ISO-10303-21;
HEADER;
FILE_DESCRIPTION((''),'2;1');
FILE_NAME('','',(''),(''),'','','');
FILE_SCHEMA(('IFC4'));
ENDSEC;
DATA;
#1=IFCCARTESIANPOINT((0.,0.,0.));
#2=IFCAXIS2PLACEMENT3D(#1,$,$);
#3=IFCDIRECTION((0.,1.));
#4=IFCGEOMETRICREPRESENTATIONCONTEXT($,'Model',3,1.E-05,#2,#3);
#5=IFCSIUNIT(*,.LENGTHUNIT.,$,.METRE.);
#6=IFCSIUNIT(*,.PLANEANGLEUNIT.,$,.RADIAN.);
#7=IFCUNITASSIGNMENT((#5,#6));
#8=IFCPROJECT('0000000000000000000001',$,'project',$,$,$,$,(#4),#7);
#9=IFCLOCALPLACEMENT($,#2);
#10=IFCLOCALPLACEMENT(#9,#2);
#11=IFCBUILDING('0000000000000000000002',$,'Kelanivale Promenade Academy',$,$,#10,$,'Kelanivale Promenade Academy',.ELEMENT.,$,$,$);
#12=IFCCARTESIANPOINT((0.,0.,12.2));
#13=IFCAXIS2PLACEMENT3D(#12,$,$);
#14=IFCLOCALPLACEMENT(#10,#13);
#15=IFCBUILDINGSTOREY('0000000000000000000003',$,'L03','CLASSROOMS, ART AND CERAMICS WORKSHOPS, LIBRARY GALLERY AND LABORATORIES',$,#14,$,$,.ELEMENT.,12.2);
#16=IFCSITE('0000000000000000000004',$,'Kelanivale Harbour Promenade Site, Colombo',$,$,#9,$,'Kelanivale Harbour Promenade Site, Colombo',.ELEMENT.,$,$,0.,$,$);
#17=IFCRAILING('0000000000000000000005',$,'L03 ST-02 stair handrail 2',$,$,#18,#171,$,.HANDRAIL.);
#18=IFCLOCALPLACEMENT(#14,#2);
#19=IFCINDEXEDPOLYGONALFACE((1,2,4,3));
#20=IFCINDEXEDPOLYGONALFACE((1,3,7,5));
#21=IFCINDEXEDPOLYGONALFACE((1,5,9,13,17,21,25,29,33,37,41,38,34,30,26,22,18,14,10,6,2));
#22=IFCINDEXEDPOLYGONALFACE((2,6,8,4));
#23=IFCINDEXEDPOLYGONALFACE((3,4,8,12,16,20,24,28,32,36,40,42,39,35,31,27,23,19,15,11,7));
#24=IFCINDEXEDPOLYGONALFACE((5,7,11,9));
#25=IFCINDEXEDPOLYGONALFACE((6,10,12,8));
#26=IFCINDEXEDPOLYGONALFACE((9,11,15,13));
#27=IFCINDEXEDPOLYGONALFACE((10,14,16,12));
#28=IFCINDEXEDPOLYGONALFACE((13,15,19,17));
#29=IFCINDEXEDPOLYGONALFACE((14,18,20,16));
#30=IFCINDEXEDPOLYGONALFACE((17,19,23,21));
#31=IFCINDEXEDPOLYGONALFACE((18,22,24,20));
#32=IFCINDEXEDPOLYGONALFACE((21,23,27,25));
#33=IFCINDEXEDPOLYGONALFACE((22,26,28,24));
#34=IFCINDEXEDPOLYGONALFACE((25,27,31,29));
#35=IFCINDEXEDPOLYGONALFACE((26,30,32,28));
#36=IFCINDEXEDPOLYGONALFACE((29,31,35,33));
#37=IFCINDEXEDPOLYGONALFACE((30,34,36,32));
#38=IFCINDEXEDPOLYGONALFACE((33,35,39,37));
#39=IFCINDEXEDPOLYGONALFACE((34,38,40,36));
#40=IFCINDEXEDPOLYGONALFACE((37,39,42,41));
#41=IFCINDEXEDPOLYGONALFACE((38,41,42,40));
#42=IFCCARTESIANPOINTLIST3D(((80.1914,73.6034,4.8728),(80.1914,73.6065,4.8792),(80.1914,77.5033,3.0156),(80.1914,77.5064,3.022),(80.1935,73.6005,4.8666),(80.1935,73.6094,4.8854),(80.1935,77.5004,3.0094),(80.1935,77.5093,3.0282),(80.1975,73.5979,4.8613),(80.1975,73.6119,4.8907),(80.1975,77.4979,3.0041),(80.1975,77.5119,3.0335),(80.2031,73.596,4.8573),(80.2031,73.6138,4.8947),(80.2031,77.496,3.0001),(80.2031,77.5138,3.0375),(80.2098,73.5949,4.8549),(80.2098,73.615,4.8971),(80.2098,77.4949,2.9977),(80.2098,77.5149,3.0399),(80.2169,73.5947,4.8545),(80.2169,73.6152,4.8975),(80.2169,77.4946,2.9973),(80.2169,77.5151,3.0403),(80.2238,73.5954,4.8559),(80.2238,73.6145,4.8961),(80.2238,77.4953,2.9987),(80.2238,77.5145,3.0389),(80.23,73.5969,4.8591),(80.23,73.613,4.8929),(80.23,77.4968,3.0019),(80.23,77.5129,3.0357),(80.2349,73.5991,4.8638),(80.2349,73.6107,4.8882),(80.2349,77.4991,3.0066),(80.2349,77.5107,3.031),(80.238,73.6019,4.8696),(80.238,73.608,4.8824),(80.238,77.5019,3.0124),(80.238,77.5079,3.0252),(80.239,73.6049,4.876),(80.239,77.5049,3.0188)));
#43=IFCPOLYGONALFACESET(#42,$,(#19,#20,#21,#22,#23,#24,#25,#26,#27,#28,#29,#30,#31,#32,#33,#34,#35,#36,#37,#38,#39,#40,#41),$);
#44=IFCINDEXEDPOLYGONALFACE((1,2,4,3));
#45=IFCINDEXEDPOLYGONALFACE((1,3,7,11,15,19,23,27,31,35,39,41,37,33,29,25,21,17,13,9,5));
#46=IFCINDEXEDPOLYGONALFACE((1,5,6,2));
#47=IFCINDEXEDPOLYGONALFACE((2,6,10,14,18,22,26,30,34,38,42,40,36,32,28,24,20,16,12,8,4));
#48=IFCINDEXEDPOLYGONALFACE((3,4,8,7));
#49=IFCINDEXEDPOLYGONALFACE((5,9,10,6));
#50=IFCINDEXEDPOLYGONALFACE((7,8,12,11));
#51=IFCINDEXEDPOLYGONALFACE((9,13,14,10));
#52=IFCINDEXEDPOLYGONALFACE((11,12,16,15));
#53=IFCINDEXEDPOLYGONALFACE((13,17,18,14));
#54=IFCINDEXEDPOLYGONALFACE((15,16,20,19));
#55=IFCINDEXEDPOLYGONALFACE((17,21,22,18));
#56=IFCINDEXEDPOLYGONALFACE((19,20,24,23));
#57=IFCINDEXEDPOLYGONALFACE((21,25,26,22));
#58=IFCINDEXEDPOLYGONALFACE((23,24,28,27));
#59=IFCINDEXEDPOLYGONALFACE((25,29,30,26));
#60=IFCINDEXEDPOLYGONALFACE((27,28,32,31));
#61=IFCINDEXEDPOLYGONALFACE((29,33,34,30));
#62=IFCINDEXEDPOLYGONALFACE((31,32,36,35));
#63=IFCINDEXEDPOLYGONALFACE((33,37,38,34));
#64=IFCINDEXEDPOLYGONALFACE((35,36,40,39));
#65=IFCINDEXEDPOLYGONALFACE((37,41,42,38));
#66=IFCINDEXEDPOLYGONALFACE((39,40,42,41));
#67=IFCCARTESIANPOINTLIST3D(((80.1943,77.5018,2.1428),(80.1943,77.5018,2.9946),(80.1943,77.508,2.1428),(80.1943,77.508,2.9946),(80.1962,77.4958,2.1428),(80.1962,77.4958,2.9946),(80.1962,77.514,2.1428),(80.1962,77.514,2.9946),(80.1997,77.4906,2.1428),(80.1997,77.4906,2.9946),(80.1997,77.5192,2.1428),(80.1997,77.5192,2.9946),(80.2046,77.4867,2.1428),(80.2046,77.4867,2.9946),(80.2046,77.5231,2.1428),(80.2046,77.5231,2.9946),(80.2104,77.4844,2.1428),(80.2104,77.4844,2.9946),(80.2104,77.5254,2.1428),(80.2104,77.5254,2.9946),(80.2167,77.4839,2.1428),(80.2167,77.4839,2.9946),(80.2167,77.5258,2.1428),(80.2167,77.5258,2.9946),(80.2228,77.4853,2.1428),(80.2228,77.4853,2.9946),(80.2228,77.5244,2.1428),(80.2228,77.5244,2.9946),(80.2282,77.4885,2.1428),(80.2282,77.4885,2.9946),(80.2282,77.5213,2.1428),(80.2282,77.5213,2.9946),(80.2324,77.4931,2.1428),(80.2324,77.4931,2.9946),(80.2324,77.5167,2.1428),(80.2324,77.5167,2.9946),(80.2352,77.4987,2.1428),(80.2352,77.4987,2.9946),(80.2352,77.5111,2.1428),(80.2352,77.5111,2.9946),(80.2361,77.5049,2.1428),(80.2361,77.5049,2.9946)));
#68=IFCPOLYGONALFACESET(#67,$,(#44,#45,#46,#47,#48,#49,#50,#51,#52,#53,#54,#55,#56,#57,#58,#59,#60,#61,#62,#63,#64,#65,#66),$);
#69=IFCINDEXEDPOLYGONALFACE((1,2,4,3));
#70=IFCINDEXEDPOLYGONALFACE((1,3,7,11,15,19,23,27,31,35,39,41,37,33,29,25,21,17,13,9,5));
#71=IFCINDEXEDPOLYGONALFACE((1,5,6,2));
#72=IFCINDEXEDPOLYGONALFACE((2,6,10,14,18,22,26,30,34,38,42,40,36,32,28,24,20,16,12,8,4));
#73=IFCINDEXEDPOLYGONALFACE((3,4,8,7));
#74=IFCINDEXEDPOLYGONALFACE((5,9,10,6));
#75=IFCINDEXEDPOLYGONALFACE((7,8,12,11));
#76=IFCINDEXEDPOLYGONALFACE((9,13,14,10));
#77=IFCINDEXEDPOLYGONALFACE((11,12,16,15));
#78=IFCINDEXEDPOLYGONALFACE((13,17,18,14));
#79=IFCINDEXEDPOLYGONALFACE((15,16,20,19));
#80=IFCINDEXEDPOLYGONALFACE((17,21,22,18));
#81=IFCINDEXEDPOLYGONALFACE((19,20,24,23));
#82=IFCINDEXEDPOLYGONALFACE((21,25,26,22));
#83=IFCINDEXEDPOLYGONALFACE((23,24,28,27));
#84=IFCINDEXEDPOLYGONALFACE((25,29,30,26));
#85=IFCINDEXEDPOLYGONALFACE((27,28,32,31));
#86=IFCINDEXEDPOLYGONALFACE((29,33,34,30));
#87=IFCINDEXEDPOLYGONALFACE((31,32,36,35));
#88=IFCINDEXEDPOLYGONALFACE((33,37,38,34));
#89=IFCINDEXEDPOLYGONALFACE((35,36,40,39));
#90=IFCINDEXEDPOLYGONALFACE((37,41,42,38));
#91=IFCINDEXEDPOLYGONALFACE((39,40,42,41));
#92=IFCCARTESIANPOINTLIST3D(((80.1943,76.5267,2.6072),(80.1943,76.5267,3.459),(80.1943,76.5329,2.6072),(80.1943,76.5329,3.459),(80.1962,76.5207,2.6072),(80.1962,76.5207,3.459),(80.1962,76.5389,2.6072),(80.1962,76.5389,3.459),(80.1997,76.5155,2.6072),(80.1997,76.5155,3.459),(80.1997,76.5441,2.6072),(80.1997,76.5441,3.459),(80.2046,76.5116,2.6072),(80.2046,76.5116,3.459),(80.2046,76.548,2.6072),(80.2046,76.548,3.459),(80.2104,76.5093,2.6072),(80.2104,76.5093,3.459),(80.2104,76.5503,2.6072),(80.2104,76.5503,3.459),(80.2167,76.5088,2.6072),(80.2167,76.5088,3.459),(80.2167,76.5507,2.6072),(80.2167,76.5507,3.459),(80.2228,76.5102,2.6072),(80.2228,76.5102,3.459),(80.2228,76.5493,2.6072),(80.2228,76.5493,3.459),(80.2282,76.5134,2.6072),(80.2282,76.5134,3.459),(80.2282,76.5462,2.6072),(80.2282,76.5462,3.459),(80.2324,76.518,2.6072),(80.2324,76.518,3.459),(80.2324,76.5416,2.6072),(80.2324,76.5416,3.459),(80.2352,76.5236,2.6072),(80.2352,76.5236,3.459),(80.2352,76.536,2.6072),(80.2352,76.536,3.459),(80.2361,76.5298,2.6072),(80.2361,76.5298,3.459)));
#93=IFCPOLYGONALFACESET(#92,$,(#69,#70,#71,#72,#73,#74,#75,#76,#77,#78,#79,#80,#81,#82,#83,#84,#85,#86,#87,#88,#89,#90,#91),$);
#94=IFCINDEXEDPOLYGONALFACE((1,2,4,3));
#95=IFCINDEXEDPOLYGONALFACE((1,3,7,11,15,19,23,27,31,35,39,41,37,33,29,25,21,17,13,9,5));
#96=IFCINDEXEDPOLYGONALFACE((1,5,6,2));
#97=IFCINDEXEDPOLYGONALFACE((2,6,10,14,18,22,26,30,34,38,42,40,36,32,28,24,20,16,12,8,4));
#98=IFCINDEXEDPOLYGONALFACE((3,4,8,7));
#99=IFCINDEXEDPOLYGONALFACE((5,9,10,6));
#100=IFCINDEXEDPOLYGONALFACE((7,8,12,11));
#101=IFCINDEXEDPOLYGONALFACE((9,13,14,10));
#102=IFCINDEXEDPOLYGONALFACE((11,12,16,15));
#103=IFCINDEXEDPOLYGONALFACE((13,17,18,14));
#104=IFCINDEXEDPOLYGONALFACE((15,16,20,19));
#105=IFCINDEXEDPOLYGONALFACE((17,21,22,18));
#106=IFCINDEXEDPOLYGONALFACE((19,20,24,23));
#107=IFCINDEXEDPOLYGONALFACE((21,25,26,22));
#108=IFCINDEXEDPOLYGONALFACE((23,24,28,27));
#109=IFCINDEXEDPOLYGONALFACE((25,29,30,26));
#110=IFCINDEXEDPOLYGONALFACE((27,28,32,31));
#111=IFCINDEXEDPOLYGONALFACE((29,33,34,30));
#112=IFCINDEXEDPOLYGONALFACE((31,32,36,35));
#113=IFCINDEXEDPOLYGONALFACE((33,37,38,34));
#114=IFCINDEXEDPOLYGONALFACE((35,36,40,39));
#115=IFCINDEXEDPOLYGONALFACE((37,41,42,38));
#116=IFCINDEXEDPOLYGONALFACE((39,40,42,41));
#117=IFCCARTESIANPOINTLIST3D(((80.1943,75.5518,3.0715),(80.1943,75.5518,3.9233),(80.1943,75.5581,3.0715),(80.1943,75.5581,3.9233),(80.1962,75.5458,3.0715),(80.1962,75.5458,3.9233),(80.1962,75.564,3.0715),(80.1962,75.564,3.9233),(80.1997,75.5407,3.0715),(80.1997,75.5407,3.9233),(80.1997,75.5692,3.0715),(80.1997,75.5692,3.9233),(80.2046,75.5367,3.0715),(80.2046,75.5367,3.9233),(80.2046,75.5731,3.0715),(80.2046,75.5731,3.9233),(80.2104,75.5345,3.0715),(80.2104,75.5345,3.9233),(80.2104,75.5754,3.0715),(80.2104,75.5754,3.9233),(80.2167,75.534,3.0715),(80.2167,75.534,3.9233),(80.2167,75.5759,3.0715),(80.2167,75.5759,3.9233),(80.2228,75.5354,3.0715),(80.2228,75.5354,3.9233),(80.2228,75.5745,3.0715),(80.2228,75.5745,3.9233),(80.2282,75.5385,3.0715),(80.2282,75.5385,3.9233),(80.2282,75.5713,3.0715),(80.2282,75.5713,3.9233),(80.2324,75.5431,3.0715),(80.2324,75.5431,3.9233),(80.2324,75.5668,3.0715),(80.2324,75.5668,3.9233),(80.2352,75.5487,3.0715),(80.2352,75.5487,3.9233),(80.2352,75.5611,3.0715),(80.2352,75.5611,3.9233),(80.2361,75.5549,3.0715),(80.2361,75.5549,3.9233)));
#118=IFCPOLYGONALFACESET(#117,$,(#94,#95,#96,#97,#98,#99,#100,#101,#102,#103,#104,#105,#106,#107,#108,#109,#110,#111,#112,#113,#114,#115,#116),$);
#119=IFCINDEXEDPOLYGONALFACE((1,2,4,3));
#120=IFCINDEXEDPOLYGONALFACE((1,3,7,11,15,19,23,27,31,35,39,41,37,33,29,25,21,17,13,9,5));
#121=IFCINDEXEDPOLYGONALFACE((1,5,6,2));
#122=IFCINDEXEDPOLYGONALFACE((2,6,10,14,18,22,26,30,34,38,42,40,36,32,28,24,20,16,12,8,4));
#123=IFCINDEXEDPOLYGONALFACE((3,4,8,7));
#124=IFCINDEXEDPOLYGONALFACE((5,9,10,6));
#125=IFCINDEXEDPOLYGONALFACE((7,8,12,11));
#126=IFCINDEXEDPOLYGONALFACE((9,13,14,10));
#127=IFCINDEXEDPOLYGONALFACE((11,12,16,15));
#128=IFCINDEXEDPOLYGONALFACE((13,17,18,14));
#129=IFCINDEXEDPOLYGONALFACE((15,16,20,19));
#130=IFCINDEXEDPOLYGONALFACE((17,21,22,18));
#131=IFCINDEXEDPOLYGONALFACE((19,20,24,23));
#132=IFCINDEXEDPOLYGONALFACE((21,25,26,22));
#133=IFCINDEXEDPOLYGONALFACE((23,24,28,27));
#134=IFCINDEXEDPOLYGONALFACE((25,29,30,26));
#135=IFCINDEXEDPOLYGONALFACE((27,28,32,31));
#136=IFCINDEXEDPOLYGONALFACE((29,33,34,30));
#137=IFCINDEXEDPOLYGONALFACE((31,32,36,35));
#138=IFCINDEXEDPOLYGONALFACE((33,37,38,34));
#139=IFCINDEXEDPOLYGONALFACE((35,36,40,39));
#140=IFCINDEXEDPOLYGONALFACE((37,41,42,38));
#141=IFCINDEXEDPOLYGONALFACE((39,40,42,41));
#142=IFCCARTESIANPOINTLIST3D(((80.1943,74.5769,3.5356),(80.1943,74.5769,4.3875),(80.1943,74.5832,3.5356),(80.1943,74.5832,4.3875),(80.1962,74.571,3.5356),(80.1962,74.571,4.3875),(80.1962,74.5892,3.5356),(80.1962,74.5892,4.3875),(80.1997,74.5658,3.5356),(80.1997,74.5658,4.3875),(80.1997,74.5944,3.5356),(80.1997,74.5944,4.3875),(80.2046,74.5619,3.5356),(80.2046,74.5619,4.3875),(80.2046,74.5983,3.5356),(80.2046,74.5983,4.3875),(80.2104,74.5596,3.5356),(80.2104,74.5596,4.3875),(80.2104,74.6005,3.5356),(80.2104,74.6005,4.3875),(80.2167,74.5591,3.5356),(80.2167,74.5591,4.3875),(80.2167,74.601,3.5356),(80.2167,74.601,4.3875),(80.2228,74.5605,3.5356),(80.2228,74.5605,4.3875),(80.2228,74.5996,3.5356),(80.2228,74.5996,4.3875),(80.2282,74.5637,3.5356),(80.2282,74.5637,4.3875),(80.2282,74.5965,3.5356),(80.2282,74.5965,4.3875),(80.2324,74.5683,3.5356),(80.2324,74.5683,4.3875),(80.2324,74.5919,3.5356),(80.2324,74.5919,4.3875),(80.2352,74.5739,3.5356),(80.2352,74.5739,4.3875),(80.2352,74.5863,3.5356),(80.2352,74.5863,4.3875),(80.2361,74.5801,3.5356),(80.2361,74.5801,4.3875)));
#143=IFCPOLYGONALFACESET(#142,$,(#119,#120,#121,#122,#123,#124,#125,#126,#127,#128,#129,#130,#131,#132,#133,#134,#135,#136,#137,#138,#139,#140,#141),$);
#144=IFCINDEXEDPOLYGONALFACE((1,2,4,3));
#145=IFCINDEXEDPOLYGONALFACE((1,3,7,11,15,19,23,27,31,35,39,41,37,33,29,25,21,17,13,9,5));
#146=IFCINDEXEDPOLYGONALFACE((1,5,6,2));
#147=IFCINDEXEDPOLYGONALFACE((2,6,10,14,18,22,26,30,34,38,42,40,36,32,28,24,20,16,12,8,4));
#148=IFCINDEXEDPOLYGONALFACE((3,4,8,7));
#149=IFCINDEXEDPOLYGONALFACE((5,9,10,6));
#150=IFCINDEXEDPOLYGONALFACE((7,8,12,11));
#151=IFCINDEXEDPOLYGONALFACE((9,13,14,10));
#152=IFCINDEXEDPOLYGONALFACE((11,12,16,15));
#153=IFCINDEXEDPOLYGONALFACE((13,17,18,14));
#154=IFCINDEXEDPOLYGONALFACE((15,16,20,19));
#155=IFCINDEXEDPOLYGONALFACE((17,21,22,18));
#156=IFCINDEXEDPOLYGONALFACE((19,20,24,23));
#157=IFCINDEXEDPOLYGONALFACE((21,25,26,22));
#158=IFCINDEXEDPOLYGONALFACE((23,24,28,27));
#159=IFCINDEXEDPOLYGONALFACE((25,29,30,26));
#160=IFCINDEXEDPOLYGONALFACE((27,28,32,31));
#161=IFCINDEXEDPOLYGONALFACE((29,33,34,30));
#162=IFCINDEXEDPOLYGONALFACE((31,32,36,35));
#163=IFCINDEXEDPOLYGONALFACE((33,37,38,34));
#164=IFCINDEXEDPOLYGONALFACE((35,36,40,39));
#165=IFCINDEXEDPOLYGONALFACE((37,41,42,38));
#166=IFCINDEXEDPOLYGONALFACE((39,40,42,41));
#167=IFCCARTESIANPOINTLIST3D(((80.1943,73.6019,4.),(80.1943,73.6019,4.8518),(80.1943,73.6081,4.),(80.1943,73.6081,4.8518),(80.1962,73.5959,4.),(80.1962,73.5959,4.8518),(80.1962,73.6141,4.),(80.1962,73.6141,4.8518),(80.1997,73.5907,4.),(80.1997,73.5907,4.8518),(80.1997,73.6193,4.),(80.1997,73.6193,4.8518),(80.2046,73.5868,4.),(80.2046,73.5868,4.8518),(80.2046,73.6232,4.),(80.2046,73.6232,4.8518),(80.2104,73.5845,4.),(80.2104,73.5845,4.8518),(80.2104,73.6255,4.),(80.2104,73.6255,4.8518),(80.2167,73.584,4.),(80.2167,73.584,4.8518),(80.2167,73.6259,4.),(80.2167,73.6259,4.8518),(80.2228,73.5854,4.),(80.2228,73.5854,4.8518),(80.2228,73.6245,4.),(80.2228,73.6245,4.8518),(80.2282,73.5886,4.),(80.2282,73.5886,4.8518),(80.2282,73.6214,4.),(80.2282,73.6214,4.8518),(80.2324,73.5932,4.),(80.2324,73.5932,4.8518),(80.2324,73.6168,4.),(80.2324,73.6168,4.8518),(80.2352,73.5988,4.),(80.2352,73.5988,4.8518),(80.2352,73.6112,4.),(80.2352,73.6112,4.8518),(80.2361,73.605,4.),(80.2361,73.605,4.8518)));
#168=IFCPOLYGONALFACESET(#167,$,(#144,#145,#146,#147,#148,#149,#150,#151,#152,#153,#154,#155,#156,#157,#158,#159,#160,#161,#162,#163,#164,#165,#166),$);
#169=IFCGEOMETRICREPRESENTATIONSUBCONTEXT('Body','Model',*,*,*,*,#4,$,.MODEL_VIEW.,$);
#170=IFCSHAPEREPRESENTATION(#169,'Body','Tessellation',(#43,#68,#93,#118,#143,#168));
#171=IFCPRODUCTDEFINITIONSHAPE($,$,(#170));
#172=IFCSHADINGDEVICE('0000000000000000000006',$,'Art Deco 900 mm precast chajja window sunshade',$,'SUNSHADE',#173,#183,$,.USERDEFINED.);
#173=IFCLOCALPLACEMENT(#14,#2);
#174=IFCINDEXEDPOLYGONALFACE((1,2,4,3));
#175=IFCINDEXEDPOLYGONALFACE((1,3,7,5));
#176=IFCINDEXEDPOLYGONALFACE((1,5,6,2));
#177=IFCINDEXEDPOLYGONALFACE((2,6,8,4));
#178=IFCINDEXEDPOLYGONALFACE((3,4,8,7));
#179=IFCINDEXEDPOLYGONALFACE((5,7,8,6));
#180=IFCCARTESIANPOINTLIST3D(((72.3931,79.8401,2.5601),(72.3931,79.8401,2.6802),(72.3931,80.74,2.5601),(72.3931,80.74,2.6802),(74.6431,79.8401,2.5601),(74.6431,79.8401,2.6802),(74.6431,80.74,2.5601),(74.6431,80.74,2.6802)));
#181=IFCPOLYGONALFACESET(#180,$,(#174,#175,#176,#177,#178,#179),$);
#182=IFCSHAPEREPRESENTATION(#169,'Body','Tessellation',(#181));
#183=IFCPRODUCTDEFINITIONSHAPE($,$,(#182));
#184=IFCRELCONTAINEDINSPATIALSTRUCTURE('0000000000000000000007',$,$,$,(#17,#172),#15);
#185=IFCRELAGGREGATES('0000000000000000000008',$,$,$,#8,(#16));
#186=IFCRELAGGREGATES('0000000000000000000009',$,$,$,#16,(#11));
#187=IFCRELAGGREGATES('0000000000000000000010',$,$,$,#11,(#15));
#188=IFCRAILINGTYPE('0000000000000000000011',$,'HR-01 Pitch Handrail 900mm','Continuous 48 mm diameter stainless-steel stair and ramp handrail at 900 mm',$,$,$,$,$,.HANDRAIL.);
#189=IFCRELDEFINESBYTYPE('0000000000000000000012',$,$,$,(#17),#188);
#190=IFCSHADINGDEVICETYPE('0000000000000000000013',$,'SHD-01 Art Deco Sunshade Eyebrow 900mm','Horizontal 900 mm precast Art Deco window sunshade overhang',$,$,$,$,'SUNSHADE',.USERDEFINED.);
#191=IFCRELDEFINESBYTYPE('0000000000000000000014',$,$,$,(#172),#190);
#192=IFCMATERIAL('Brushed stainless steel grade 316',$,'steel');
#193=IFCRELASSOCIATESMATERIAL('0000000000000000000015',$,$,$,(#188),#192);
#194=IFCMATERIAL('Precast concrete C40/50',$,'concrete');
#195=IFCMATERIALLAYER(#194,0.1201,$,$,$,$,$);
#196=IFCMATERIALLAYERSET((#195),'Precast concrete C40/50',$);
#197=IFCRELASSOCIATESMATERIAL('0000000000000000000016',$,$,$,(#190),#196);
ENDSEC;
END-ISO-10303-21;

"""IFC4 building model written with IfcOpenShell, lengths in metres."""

from ifc_helpers import new_model, si_unit, direction, frame, origin, origin_2d, place, context, subcontext, project, spatial, rectangle, circle, extrude, material, layer, layer_set, type_object, element, save


model = new_model("IFC4")

# Units and contexts
model_context = context("Model", 3, precision=1e-05, world=origin(), true_north=direction((0.0, 1.0)))
body_context = subcontext(model_context, "Body", "Model", "MODEL_VIEW")
ifc_project = project(units=[si_unit("LENGTHUNIT", "METRE"), si_unit("PLANEANGLEUNIT", "RADIAN")], contexts=[model_context])

# Site, building, storey
site_placement = place(None, origin())
site = spatial("IfcSite", under=ifc_project, at=site_placement, Name="Kelanivale Harbour Promenade Site, Colombo", LongName="Kelanivale Harbour Promenade Site, Colombo", CompositionType="ELEMENT", RefElevation=0.0)
building_placement = place(site_placement, origin())
building = spatial("IfcBuilding", under=site, at=building_placement, Name="Kelanivale Promenade Academy", LongName="Kelanivale Promenade Academy", CompositionType="ELEMENT")
storey_placement = place(building_placement, frame((0.0, 0.0, 12.2)))
storey = spatial("IfcBuildingStorey", under=building, at=storey_placement, Name="L03", Description="CLASSROOMS, ART AND CERAMICS WORKSHOPS, LIBRARY GALLERY AND LABORATORIES", CompositionType="ELEMENT", Elevation=12.2)

# Railing
ifc_material_1 = material(Name="Brushed stainless steel grade 316", Category="steel")
railing_type_1 = type_object("IfcRailingType", Name="HR-01 Pitch Handrail 900mm", Description="Continuous 48 mm diameter stainless-steel stair and ramp handrail at 900 mm", PredefinedType="HANDRAIL", material=ifc_material_1)
railing_1_placement = place(storey_placement, frame((80.2151, 77.5049, 2.1428)))
element("IfcRailing", 1, at=railing_1_placement, inside=storey, type_object=railing_type_1, Name="L03 ST-02 stair handrail 2", PredefinedType="HANDRAIL", context=body_context, shape_type="SweptSolid", body=[
    extrude(circle(Radius=0.0239, at=origin_2d()), frame((0.0, 0.0, 0.876), z_axis=(0.0, -0.902853, 0.429949), x_axis=(1.0, 0.0, 0.0)), (0.0, 0.0, 1.0), 4.3196),
    extrude(circle(Radius=0.021, at=origin_2d()), origin(), (0.0, 0.0, 1.0), 0.8518),
    extrude(circle(Radius=0.021, at=origin_2d()), frame((0.0, -0.9751, 0.4644)), (0.0, 0.0, 1.0), 0.8518),
    extrude(circle(Radius=0.021, at=origin_2d()), frame((0.0, -1.95, 0.9287)), (0.0, 0.0, 1.0), 0.8518),
    extrude(circle(Radius=0.021, at=origin_2d()), frame((0.0, -2.9248, 1.3928)), (0.0, 0.0, 1.0), 0.8518),
    extrude(circle(Radius=0.021, at=origin_2d()), frame((0.0, -3.8999, 1.8572)), (0.0, 0.0, 1.0), 0.8518),
])

# Shading device
ifc_material_2 = material(Name="Precast concrete C40/50", Category="concrete")
ifc_layer_1 = layer(ifc_material_2, 0.1201)
ifc_layer_set_1 = layer_set([ifc_layer_1], Name="Precast concrete C40/50")
shading_device_type = type_object("IfcShadingDeviceType", Name="SHD-01 Art Deco Sunshade Eyebrow 900mm", Description="Horizontal 900 mm precast Art Deco window sunshade overhang", ElementType="SUNSHADE", PredefinedType="USERDEFINED", material=ifc_layer_set_1)
shading_device_placement = place(storey_placement, frame((73.5181, 80.29, 2.5601), z_axis=(0.0, 0.0, 1.0), x_axis=(-1.0, 0.0, 0.0)))
element("IfcShadingDevice", 2, at=shading_device_placement, inside=storey, type_object=shading_device_type, Name="Art Deco 900 mm precast chajja window sunshade", ObjectType="SUNSHADE", PredefinedType="USERDEFINED", context=body_context, shape_type="SweptSolid", body=[
    extrude(rectangle(XDim=2.25, YDim=0.8999, at=origin_2d()), origin(), (0.0, 0.0, 1.0), 0.1201),
])

save(model, "model.ifc")
